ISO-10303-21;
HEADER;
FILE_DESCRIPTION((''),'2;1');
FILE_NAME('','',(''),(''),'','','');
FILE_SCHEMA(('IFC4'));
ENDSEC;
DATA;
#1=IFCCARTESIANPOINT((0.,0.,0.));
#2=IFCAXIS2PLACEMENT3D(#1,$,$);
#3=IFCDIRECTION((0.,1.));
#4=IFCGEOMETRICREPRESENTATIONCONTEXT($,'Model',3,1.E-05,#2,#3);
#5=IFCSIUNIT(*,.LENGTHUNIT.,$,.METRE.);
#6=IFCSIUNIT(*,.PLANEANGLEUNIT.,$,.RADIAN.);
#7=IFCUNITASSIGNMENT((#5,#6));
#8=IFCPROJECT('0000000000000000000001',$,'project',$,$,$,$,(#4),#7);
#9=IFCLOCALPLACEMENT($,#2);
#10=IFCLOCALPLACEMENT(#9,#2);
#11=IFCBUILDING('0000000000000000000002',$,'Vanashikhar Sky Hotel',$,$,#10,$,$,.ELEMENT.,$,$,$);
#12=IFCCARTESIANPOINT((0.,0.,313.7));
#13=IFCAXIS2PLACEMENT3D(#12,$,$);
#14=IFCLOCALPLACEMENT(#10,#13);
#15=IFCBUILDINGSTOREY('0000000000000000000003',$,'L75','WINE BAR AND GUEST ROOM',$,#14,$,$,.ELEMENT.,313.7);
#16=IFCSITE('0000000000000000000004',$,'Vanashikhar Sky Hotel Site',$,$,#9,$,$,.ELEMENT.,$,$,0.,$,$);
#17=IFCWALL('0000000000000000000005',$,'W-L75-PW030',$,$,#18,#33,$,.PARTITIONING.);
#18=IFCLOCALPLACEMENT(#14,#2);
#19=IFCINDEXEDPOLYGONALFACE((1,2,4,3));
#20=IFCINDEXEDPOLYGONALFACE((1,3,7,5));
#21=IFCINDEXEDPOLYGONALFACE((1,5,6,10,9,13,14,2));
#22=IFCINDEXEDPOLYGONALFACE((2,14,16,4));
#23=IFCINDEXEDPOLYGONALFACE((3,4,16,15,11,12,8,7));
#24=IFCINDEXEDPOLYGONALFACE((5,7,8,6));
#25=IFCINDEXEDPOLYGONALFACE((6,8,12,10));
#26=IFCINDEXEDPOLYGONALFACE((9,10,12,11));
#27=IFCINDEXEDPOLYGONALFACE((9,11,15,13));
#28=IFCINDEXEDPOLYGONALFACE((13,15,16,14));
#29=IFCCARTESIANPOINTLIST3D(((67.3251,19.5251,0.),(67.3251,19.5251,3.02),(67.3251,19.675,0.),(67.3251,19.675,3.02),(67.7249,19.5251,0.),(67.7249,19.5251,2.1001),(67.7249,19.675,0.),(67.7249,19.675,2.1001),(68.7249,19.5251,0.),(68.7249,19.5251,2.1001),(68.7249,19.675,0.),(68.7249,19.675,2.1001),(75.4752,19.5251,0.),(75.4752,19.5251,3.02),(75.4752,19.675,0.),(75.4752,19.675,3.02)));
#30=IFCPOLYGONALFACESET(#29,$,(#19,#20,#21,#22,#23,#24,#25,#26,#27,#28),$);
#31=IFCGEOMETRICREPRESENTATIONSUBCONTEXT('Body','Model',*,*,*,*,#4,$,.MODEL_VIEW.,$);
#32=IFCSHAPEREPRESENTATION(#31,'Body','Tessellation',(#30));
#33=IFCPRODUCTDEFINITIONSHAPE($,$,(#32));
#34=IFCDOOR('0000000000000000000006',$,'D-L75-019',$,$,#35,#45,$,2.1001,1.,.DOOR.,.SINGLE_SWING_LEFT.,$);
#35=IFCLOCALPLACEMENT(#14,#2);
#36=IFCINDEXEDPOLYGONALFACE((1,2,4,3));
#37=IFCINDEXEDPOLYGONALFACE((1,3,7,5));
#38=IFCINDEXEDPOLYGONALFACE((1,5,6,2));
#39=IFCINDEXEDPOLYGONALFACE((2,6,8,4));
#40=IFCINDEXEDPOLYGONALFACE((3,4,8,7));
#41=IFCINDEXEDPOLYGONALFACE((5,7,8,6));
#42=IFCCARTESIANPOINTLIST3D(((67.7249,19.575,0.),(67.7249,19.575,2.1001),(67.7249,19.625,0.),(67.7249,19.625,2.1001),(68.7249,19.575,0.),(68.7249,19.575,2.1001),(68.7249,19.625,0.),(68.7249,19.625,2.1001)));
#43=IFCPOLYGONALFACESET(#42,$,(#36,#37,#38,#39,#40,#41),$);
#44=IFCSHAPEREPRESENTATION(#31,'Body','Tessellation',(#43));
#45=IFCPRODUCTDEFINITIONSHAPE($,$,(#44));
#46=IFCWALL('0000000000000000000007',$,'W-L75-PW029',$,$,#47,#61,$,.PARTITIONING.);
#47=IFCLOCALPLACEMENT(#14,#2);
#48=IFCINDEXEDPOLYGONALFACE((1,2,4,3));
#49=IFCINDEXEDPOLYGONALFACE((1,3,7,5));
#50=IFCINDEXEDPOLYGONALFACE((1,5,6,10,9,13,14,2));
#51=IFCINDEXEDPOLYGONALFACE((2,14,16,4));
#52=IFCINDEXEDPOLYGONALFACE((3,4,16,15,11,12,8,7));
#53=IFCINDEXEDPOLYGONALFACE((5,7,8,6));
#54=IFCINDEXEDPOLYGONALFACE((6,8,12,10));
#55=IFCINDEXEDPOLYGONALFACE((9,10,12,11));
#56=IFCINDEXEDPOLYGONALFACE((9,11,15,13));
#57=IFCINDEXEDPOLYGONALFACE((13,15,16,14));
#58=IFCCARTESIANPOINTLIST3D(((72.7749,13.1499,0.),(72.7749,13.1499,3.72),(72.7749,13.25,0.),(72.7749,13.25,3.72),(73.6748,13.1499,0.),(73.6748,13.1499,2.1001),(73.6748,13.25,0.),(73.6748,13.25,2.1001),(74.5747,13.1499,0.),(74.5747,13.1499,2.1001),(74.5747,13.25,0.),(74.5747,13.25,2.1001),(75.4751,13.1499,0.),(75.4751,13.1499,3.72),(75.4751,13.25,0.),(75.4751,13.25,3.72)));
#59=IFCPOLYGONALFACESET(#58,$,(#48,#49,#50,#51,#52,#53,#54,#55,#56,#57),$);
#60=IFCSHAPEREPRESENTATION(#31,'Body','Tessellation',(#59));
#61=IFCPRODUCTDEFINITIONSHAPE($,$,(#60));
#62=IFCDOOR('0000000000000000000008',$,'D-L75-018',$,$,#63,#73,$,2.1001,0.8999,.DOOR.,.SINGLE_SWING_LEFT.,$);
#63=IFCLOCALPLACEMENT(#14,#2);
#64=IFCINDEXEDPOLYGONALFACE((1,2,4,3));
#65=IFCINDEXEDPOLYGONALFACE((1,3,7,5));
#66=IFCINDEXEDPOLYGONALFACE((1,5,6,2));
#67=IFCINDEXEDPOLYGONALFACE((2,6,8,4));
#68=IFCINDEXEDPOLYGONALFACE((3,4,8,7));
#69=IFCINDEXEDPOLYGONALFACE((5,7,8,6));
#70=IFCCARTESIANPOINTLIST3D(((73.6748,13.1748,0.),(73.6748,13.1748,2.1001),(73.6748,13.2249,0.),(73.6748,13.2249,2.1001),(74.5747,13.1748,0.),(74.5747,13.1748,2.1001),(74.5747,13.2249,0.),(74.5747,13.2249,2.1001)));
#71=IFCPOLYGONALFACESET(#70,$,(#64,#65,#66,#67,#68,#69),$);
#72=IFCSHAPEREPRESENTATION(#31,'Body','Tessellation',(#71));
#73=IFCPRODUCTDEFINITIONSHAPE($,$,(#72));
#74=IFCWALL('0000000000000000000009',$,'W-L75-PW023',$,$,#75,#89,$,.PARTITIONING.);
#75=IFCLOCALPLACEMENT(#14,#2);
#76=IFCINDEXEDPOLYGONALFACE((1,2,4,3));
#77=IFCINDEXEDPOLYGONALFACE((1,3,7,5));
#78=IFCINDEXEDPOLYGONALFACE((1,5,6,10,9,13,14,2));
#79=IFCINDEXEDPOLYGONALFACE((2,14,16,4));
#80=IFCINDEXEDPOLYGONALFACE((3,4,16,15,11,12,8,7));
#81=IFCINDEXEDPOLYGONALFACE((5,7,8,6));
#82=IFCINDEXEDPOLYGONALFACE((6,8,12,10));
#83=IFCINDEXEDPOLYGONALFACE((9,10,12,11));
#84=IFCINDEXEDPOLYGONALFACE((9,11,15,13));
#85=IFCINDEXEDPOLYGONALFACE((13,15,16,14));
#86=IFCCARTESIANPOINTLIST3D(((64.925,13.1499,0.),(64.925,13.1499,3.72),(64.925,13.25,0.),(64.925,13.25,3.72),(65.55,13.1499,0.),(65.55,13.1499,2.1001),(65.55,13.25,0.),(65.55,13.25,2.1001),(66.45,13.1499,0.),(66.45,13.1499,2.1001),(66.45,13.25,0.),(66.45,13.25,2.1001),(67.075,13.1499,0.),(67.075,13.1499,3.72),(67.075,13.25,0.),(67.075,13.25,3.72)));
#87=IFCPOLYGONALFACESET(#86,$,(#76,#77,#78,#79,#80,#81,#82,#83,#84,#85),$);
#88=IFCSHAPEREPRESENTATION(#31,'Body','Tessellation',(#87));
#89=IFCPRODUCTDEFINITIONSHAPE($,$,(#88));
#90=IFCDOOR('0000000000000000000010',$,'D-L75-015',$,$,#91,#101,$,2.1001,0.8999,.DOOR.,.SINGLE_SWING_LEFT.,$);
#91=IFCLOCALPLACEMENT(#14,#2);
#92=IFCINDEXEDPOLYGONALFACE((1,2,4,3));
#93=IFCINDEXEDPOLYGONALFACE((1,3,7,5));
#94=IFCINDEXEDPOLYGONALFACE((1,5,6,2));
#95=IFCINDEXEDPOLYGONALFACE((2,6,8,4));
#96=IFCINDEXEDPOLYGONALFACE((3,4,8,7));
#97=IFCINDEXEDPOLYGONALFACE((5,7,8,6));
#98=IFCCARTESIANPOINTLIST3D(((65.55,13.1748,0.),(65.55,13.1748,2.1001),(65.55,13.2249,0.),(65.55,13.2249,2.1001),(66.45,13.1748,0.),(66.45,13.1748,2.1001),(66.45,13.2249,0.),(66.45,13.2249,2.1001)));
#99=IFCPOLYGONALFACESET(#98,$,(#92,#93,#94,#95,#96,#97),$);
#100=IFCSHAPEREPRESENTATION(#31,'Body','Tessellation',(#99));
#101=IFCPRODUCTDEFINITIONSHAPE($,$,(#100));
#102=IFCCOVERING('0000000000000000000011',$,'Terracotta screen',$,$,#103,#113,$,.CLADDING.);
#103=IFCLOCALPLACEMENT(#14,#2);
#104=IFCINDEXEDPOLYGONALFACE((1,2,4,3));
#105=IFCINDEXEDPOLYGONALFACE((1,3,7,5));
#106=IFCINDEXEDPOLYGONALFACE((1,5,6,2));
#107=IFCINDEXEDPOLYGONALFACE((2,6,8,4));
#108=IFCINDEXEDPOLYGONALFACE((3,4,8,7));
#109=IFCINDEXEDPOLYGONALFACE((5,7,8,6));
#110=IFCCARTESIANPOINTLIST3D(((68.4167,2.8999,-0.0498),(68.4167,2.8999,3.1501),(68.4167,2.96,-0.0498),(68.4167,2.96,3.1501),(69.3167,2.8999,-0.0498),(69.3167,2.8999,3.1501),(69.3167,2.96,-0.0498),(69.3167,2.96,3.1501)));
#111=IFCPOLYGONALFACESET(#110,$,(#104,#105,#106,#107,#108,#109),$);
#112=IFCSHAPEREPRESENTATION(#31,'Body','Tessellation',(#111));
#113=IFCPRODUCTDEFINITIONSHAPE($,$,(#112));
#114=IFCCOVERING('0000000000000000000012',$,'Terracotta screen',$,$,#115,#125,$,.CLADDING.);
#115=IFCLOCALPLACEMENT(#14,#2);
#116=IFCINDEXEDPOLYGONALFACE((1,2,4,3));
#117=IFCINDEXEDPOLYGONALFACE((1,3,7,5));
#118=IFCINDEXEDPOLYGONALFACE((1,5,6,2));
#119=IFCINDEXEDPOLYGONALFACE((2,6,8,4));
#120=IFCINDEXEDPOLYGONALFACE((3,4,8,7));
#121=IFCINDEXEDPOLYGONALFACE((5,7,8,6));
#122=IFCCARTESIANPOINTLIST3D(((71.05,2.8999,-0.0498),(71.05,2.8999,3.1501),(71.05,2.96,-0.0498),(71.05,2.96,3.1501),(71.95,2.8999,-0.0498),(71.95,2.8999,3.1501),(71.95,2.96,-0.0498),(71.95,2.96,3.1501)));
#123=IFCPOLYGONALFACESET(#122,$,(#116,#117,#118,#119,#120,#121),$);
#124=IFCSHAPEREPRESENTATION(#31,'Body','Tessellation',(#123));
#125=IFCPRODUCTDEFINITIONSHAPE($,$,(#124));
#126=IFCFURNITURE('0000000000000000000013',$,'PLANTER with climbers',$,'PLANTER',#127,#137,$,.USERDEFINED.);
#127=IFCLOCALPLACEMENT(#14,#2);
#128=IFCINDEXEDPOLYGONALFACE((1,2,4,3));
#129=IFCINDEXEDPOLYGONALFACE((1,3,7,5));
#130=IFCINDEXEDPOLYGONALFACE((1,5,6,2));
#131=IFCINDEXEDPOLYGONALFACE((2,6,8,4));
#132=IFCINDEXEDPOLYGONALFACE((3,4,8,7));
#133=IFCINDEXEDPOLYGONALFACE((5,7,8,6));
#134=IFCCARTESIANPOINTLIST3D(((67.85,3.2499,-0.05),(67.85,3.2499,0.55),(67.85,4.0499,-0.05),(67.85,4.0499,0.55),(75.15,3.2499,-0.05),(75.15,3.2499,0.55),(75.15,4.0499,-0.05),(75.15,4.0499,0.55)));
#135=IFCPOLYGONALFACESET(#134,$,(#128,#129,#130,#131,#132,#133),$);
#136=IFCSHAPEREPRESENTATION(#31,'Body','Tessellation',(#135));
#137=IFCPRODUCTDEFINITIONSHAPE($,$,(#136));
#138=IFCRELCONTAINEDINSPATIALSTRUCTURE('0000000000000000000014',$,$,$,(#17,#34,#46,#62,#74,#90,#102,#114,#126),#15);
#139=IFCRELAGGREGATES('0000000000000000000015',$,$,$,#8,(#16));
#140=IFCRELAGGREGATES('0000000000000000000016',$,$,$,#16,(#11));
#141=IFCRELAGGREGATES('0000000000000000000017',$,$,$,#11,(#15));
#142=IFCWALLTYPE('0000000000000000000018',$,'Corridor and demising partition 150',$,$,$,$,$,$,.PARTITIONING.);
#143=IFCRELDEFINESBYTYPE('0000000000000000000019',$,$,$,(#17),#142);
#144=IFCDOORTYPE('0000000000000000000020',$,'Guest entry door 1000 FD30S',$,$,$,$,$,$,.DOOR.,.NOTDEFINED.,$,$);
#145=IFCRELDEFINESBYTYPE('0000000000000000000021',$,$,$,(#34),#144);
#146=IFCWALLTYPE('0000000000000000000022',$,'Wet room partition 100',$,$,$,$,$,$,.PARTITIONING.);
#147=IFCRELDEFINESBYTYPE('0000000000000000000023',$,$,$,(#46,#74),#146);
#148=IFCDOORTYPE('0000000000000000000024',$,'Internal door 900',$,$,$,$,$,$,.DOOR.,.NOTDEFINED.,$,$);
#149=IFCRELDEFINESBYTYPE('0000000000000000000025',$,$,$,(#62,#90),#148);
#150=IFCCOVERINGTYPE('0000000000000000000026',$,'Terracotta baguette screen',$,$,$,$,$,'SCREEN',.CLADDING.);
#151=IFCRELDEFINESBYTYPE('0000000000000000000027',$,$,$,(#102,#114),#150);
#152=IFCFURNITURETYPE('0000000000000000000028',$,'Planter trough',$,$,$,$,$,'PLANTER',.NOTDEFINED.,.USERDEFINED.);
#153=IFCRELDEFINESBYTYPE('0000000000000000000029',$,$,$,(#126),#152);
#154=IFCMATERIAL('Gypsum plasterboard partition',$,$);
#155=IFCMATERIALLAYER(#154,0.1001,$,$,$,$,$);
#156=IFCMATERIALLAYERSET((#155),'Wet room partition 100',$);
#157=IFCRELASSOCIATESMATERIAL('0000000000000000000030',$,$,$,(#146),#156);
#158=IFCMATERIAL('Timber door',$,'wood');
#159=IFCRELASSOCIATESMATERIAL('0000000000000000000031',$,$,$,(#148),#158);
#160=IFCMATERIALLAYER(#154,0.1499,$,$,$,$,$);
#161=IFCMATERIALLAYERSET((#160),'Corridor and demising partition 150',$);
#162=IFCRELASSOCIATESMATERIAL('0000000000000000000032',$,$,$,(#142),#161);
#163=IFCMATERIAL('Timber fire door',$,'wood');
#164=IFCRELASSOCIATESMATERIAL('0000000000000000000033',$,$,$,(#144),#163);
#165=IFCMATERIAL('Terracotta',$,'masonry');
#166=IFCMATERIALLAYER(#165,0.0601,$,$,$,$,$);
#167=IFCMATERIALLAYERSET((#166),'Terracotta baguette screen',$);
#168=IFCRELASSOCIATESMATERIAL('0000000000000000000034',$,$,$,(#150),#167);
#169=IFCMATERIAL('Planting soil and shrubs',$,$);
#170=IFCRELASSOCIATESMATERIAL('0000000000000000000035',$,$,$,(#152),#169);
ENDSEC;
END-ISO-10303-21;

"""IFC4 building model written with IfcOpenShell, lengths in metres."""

from ifc_helpers import new_model, si_unit, direction, frame, frame_2d, origin, origin_2d, place, context, subcontext, project, spatial, rectangle, extrude, source, transform, mapped, material, layer, layer_set, type_object, element, fill, save


model = new_model("IFC4")

# Units and contexts
model_context = context("Model", 3, precision=1e-05, world=origin(), true_north=direction((0.0, 1.0)))
body_context = subcontext(model_context, "Body", "Model", "MODEL_VIEW")
ifc_project = project(units=[si_unit("LENGTHUNIT", "METRE"), si_unit("PLANEANGLEUNIT", "RADIAN")], contexts=[model_context])

# Site, building, storey
site_placement = place(None, origin())
site = spatial("IfcSite", under=ifc_project, at=site_placement, Name="Vanashikhar Sky Hotel Site", CompositionType="ELEMENT", RefElevation=0.0)
building_placement = place(site_placement, origin())
building = spatial("IfcBuilding", under=site, at=building_placement, Name="Vanashikhar Sky Hotel", CompositionType="ELEMENT")
storey_placement = place(building_placement, frame((0.0, 0.0, 313.7)))
storey = spatial("IfcBuildingStorey", under=building, at=storey_placement, Name="L75", Description="WINE BAR AND GUEST ROOM", CompositionType="ELEMENT", Elevation=313.7)

# Shared definitions
ifc_material_1 = material(Name="Gypsum plasterboard partition")
ifc_layer_1 = layer(ifc_material_1, 0.1001)
ifc_layer_set_1 = layer_set([ifc_layer_1], Name="Wet room partition 100")
wall_type_1 = type_object("IfcWallType", Name="Wet room partition 100", PredefinedType="PARTITIONING", material=ifc_layer_set_1)

# Walls, openings, doors
shared_shape_1 = source(origin(), body_context, "Body", "SweptSolid", [
    extrude(rectangle(XDim=0.8999, YDim=2.1001, at=frame_2d((0.45, 1.05))), frame((0.0, 0.0601, 0.0), z_axis=(0.0, -1.0, 0.0), x_axis=(1.0, 0.0, 0.0)), (0.0, 0.0, 1.0), 0.1201),
])
ifc_material_2 = material(Name="Timber door", Category="wood")
door_type_1 = type_object("IfcDoorType", Name="Internal door 900", OperationType="NOTDEFINED", PredefinedType="DOOR", material=ifc_material_2)
shared_shape_2 = source(origin(), body_context, "Body", "SweptSolid", [
    extrude(rectangle(XDim=0.8999, YDim=2.1001, at=frame_2d((0.45, 1.05))), frame((0.0, 0.0249, 0.0), z_axis=(0.0, -1.0, 0.0), x_axis=(1.0, 0.0, 0.0)), (0.0, 0.0, 1.0), 0.05),
])
ifc_layer_2 = layer(ifc_material_1, 0.1499)
ifc_layer_set_2 = layer_set([ifc_layer_2], Name="Corridor and demising partition 150")
wall_type_2 = type_object("IfcWallType", Name="Corridor and demising partition 150", PredefinedType="PARTITIONING", material=ifc_layer_set_2)
shared_shape_3 = source(origin(), body_context, "Body", "SweptSolid", [
    extrude(rectangle(XDim=8.1501, YDim=0.1499, at=frame_2d((4.0752, 0.0))), origin(), (0.0, 0.0, 1.0), 3.02),
])
wall_1_placement = place(storey_placement, frame((67.325, 19.6001, 0.0), z_axis=(0.0, 0.0, 1.0), x_axis=(1.0, 0.0, 0.0)))
wall_1 = element("IfcWall", 1, at=wall_1_placement, inside=storey, type_object=wall_type_2, Name="W-L75-PW030", PredefinedType="PARTITIONING", context=body_context, shape_type="MappedRepresentation", body=[
    mapped(shared_shape_3, transform((0.0, 0.0, 0.0), scale=1.0)),
])
shared_shape_4 = source(origin(), body_context, "Body", "SweptSolid", [
    extrude(rectangle(XDim=1.0, YDim=2.1001, at=frame_2d((0.5, 1.05))), frame((0.0, 0.085, 0.0), z_axis=(0.0, -1.0, 0.0), x_axis=(1.0, 0.0, 0.0)), (0.0, 0.0, 1.0), 0.1699),
])
opening_1_placement = place(wall_1_placement, frame((0.3999, 0.0, 0.0)))
opening_1 = element("IfcOpeningElement", 2, at=opening_1_placement, cuts=wall_1, PredefinedType="OPENING", context=body_context, shape_type="MappedRepresentation", body=[
    mapped(shared_shape_4, transform((0.0, 0.0, 0.0), scale=1.0)),
])
ifc_material_3 = material(Name="Timber fire door", Category="wood")
door_type_2 = type_object("IfcDoorType", Name="Guest entry door 1000 FD30S", OperationType="NOTDEFINED", PredefinedType="DOOR", material=ifc_material_3)
shared_shape_5 = source(origin(), body_context, "Body", "SweptSolid", [
    extrude(rectangle(XDim=1.0, YDim=2.1001, at=frame_2d((0.5, 1.05))), frame((0.0, 0.0249, 0.0), z_axis=(0.0, -1.0, 0.0), x_axis=(1.0, 0.0, 0.0)), (0.0, 0.0, 1.0), 0.05),
])
door_1_placement = place(opening_1_placement, origin())
door_1 = element("IfcDoor", 3, at=door_1_placement, inside=storey, type_object=door_type_2, Name="D-L75-019", OperationType="SINGLE_SWING_LEFT", OverallHeight=2.1001, OverallWidth=1.0, PredefinedType="DOOR", context=body_context, shape_type="MappedRepresentation", body=[
    mapped(shared_shape_5, transform((0.0, 0.0, 0.0), scale=1.0)),
])
fill(opening_1, door_1)
shared_shape_6 = source(origin(), body_context, "Body", "SweptSolid", [
    extrude(rectangle(XDim=2.7002, YDim=0.1001, at=frame_2d((1.3501, 0.0))), origin(), (0.0, 0.0, 1.0), 3.72),
])
wall_2_placement = place(storey_placement, frame((72.7749, 13.2, 0.0), z_axis=(0.0, 0.0, 1.0), x_axis=(1.0, 0.0, 0.0)))
wall_2 = element("IfcWall", 4, at=wall_2_placement, inside=storey, type_object=wall_type_1, Name="W-L75-PW029", PredefinedType="PARTITIONING", context=body_context, shape_type="MappedRepresentation", body=[
    mapped(shared_shape_6, transform((0.0, 0.0, 0.0), scale=1.0)),
])
opening_2_placement = place(wall_2_placement, frame((0.8999, 0.0, 0.0)))
opening_2 = element("IfcOpeningElement", 5, at=opening_2_placement, cuts=wall_2, PredefinedType="OPENING", context=body_context, shape_type="MappedRepresentation", body=[
    mapped(shared_shape_1, transform((0.0, 0.0, 0.0), scale=1.0)),
])
door_2_placement = place(opening_2_placement, origin())
door_2 = element("IfcDoor", 6, at=door_2_placement, inside=storey, type_object=door_type_1, Name="D-L75-018", OperationType="SINGLE_SWING_LEFT", OverallHeight=2.1001, OverallWidth=0.8999, PredefinedType="DOOR", context=body_context, shape_type="MappedRepresentation", body=[
    mapped(shared_shape_2, transform((0.0, 0.0, 0.0), scale=1.0)),
])
fill(opening_2, door_2)
shared_shape_7 = source(origin(), body_context, "Body", "SweptSolid", [
    extrude(rectangle(XDim=2.1499, YDim=0.1001, at=frame_2d((1.075, 0.0))), origin(), (0.0, 0.0, 1.0), 3.72),
])
wall_3_placement = place(storey_placement, frame((64.925, 13.2, 0.0), z_axis=(0.0, 0.0, 1.0), x_axis=(1.0, 0.0, 0.0)))
wall_3 = element("IfcWall", 7, at=wall_3_placement, inside=storey, type_object=wall_type_1, Name="W-L75-PW023", PredefinedType="PARTITIONING", context=body_context, shape_type="MappedRepresentation", body=[
    mapped(shared_shape_7, transform((0.0, 0.0, 0.0), scale=1.0)),
])
opening_3_placement = place(wall_3_placement, frame((0.625, 0.0, 0.0)))
opening_3 = element("IfcOpeningElement", 8, at=opening_3_placement, cuts=wall_3, PredefinedType="OPENING", context=body_context, shape_type="MappedRepresentation", body=[
    mapped(shared_shape_1, transform((0.0, 0.0, 0.0), scale=1.0)),
])
door_3_placement = place(opening_3_placement, origin())
door_3 = element("IfcDoor", 9, at=door_3_placement, inside=storey, type_object=door_type_1, Name="D-L75-015", OperationType="SINGLE_SWING_LEFT", OverallHeight=2.1001, OverallWidth=0.8999, PredefinedType="DOOR", context=body_context, shape_type="MappedRepresentation", body=[
    mapped(shared_shape_2, transform((0.0, 0.0, 0.0), scale=1.0)),
])
fill(opening_3, door_3)

# Coverings
ifc_material_4 = material(Name="Terracotta", Category="masonry")
ifc_layer_3 = layer(ifc_material_4, 0.0601)
ifc_layer_set_3 = layer_set([ifc_layer_3], Name="Terracotta baguette screen")
covering_type = type_object("IfcCoveringType", Name="Terracotta baguette screen", ElementType="SCREEN", PredefinedType="CLADDING", material=ifc_layer_set_3)
shared_shape_8 = source(origin(), body_context, "Body", "SweptSolid", [
    extrude(rectangle(XDim=0.8999, YDim=0.0601, at=origin_2d()), origin(), (0.0, 0.0, 1.0), 3.2),
])
for number, where, z_axis, x_axis, name in (
    (10, (68.8667, 2.9299, -0.0498), (0.0, 0.0, 1.0), (1.0, 0.0, 0.0), "Terracotta screen"),
    (11, (71.5, 2.9299, -0.0498), (0.0, 0.0, 1.0), (1.0, 0.0, 0.0), "Terracotta screen"),
):
    element("IfcCovering", number, at=place(storey_placement, frame(where, z_axis=z_axis, x_axis=x_axis)), inside=storey, type_object=covering_type, Name=name, PredefinedType="CLADDING", context=body_context, shape_type="MappedRepresentation", body=[
        mapped(shared_shape_8, transform((0.0, 0.0, 0.0), scale=1.0)),
    ])

# Furniture
ifc_material_5 = material(Name="Planting soil and shrubs")
furniture_type = type_object("IfcFurnitureType", Name="Planter trough", ElementType="PLANTER", AssemblyPlace="NOTDEFINED", PredefinedType="USERDEFINED", material=ifc_material_5)
shared_shape_9 = source(origin(), body_context, "Body", "SweptSolid", [
    extrude(rectangle(XDim=7.3, YDim=0.8, at=origin_2d()), origin(), (0.0, 0.0, 1.0), 0.6001),
])
furniture_placement = place(storey_placement, frame((71.5, 3.6499, -0.05), z_axis=(0.0, 0.0, 1.0), x_axis=(1.0, 0.0, 0.0)))
element("IfcFurniture", 12, at=furniture_placement, inside=storey, type_object=furniture_type, Name="PLANTER with climbers", ObjectType="PLANTER", PredefinedType="USERDEFINED", context=body_context, shape_type="MappedRepresentation", body=[
    mapped(shared_shape_9, transform((0.0, 0.0, 0.0), scale=1.0)),
])

save(model, "model.ifc")
